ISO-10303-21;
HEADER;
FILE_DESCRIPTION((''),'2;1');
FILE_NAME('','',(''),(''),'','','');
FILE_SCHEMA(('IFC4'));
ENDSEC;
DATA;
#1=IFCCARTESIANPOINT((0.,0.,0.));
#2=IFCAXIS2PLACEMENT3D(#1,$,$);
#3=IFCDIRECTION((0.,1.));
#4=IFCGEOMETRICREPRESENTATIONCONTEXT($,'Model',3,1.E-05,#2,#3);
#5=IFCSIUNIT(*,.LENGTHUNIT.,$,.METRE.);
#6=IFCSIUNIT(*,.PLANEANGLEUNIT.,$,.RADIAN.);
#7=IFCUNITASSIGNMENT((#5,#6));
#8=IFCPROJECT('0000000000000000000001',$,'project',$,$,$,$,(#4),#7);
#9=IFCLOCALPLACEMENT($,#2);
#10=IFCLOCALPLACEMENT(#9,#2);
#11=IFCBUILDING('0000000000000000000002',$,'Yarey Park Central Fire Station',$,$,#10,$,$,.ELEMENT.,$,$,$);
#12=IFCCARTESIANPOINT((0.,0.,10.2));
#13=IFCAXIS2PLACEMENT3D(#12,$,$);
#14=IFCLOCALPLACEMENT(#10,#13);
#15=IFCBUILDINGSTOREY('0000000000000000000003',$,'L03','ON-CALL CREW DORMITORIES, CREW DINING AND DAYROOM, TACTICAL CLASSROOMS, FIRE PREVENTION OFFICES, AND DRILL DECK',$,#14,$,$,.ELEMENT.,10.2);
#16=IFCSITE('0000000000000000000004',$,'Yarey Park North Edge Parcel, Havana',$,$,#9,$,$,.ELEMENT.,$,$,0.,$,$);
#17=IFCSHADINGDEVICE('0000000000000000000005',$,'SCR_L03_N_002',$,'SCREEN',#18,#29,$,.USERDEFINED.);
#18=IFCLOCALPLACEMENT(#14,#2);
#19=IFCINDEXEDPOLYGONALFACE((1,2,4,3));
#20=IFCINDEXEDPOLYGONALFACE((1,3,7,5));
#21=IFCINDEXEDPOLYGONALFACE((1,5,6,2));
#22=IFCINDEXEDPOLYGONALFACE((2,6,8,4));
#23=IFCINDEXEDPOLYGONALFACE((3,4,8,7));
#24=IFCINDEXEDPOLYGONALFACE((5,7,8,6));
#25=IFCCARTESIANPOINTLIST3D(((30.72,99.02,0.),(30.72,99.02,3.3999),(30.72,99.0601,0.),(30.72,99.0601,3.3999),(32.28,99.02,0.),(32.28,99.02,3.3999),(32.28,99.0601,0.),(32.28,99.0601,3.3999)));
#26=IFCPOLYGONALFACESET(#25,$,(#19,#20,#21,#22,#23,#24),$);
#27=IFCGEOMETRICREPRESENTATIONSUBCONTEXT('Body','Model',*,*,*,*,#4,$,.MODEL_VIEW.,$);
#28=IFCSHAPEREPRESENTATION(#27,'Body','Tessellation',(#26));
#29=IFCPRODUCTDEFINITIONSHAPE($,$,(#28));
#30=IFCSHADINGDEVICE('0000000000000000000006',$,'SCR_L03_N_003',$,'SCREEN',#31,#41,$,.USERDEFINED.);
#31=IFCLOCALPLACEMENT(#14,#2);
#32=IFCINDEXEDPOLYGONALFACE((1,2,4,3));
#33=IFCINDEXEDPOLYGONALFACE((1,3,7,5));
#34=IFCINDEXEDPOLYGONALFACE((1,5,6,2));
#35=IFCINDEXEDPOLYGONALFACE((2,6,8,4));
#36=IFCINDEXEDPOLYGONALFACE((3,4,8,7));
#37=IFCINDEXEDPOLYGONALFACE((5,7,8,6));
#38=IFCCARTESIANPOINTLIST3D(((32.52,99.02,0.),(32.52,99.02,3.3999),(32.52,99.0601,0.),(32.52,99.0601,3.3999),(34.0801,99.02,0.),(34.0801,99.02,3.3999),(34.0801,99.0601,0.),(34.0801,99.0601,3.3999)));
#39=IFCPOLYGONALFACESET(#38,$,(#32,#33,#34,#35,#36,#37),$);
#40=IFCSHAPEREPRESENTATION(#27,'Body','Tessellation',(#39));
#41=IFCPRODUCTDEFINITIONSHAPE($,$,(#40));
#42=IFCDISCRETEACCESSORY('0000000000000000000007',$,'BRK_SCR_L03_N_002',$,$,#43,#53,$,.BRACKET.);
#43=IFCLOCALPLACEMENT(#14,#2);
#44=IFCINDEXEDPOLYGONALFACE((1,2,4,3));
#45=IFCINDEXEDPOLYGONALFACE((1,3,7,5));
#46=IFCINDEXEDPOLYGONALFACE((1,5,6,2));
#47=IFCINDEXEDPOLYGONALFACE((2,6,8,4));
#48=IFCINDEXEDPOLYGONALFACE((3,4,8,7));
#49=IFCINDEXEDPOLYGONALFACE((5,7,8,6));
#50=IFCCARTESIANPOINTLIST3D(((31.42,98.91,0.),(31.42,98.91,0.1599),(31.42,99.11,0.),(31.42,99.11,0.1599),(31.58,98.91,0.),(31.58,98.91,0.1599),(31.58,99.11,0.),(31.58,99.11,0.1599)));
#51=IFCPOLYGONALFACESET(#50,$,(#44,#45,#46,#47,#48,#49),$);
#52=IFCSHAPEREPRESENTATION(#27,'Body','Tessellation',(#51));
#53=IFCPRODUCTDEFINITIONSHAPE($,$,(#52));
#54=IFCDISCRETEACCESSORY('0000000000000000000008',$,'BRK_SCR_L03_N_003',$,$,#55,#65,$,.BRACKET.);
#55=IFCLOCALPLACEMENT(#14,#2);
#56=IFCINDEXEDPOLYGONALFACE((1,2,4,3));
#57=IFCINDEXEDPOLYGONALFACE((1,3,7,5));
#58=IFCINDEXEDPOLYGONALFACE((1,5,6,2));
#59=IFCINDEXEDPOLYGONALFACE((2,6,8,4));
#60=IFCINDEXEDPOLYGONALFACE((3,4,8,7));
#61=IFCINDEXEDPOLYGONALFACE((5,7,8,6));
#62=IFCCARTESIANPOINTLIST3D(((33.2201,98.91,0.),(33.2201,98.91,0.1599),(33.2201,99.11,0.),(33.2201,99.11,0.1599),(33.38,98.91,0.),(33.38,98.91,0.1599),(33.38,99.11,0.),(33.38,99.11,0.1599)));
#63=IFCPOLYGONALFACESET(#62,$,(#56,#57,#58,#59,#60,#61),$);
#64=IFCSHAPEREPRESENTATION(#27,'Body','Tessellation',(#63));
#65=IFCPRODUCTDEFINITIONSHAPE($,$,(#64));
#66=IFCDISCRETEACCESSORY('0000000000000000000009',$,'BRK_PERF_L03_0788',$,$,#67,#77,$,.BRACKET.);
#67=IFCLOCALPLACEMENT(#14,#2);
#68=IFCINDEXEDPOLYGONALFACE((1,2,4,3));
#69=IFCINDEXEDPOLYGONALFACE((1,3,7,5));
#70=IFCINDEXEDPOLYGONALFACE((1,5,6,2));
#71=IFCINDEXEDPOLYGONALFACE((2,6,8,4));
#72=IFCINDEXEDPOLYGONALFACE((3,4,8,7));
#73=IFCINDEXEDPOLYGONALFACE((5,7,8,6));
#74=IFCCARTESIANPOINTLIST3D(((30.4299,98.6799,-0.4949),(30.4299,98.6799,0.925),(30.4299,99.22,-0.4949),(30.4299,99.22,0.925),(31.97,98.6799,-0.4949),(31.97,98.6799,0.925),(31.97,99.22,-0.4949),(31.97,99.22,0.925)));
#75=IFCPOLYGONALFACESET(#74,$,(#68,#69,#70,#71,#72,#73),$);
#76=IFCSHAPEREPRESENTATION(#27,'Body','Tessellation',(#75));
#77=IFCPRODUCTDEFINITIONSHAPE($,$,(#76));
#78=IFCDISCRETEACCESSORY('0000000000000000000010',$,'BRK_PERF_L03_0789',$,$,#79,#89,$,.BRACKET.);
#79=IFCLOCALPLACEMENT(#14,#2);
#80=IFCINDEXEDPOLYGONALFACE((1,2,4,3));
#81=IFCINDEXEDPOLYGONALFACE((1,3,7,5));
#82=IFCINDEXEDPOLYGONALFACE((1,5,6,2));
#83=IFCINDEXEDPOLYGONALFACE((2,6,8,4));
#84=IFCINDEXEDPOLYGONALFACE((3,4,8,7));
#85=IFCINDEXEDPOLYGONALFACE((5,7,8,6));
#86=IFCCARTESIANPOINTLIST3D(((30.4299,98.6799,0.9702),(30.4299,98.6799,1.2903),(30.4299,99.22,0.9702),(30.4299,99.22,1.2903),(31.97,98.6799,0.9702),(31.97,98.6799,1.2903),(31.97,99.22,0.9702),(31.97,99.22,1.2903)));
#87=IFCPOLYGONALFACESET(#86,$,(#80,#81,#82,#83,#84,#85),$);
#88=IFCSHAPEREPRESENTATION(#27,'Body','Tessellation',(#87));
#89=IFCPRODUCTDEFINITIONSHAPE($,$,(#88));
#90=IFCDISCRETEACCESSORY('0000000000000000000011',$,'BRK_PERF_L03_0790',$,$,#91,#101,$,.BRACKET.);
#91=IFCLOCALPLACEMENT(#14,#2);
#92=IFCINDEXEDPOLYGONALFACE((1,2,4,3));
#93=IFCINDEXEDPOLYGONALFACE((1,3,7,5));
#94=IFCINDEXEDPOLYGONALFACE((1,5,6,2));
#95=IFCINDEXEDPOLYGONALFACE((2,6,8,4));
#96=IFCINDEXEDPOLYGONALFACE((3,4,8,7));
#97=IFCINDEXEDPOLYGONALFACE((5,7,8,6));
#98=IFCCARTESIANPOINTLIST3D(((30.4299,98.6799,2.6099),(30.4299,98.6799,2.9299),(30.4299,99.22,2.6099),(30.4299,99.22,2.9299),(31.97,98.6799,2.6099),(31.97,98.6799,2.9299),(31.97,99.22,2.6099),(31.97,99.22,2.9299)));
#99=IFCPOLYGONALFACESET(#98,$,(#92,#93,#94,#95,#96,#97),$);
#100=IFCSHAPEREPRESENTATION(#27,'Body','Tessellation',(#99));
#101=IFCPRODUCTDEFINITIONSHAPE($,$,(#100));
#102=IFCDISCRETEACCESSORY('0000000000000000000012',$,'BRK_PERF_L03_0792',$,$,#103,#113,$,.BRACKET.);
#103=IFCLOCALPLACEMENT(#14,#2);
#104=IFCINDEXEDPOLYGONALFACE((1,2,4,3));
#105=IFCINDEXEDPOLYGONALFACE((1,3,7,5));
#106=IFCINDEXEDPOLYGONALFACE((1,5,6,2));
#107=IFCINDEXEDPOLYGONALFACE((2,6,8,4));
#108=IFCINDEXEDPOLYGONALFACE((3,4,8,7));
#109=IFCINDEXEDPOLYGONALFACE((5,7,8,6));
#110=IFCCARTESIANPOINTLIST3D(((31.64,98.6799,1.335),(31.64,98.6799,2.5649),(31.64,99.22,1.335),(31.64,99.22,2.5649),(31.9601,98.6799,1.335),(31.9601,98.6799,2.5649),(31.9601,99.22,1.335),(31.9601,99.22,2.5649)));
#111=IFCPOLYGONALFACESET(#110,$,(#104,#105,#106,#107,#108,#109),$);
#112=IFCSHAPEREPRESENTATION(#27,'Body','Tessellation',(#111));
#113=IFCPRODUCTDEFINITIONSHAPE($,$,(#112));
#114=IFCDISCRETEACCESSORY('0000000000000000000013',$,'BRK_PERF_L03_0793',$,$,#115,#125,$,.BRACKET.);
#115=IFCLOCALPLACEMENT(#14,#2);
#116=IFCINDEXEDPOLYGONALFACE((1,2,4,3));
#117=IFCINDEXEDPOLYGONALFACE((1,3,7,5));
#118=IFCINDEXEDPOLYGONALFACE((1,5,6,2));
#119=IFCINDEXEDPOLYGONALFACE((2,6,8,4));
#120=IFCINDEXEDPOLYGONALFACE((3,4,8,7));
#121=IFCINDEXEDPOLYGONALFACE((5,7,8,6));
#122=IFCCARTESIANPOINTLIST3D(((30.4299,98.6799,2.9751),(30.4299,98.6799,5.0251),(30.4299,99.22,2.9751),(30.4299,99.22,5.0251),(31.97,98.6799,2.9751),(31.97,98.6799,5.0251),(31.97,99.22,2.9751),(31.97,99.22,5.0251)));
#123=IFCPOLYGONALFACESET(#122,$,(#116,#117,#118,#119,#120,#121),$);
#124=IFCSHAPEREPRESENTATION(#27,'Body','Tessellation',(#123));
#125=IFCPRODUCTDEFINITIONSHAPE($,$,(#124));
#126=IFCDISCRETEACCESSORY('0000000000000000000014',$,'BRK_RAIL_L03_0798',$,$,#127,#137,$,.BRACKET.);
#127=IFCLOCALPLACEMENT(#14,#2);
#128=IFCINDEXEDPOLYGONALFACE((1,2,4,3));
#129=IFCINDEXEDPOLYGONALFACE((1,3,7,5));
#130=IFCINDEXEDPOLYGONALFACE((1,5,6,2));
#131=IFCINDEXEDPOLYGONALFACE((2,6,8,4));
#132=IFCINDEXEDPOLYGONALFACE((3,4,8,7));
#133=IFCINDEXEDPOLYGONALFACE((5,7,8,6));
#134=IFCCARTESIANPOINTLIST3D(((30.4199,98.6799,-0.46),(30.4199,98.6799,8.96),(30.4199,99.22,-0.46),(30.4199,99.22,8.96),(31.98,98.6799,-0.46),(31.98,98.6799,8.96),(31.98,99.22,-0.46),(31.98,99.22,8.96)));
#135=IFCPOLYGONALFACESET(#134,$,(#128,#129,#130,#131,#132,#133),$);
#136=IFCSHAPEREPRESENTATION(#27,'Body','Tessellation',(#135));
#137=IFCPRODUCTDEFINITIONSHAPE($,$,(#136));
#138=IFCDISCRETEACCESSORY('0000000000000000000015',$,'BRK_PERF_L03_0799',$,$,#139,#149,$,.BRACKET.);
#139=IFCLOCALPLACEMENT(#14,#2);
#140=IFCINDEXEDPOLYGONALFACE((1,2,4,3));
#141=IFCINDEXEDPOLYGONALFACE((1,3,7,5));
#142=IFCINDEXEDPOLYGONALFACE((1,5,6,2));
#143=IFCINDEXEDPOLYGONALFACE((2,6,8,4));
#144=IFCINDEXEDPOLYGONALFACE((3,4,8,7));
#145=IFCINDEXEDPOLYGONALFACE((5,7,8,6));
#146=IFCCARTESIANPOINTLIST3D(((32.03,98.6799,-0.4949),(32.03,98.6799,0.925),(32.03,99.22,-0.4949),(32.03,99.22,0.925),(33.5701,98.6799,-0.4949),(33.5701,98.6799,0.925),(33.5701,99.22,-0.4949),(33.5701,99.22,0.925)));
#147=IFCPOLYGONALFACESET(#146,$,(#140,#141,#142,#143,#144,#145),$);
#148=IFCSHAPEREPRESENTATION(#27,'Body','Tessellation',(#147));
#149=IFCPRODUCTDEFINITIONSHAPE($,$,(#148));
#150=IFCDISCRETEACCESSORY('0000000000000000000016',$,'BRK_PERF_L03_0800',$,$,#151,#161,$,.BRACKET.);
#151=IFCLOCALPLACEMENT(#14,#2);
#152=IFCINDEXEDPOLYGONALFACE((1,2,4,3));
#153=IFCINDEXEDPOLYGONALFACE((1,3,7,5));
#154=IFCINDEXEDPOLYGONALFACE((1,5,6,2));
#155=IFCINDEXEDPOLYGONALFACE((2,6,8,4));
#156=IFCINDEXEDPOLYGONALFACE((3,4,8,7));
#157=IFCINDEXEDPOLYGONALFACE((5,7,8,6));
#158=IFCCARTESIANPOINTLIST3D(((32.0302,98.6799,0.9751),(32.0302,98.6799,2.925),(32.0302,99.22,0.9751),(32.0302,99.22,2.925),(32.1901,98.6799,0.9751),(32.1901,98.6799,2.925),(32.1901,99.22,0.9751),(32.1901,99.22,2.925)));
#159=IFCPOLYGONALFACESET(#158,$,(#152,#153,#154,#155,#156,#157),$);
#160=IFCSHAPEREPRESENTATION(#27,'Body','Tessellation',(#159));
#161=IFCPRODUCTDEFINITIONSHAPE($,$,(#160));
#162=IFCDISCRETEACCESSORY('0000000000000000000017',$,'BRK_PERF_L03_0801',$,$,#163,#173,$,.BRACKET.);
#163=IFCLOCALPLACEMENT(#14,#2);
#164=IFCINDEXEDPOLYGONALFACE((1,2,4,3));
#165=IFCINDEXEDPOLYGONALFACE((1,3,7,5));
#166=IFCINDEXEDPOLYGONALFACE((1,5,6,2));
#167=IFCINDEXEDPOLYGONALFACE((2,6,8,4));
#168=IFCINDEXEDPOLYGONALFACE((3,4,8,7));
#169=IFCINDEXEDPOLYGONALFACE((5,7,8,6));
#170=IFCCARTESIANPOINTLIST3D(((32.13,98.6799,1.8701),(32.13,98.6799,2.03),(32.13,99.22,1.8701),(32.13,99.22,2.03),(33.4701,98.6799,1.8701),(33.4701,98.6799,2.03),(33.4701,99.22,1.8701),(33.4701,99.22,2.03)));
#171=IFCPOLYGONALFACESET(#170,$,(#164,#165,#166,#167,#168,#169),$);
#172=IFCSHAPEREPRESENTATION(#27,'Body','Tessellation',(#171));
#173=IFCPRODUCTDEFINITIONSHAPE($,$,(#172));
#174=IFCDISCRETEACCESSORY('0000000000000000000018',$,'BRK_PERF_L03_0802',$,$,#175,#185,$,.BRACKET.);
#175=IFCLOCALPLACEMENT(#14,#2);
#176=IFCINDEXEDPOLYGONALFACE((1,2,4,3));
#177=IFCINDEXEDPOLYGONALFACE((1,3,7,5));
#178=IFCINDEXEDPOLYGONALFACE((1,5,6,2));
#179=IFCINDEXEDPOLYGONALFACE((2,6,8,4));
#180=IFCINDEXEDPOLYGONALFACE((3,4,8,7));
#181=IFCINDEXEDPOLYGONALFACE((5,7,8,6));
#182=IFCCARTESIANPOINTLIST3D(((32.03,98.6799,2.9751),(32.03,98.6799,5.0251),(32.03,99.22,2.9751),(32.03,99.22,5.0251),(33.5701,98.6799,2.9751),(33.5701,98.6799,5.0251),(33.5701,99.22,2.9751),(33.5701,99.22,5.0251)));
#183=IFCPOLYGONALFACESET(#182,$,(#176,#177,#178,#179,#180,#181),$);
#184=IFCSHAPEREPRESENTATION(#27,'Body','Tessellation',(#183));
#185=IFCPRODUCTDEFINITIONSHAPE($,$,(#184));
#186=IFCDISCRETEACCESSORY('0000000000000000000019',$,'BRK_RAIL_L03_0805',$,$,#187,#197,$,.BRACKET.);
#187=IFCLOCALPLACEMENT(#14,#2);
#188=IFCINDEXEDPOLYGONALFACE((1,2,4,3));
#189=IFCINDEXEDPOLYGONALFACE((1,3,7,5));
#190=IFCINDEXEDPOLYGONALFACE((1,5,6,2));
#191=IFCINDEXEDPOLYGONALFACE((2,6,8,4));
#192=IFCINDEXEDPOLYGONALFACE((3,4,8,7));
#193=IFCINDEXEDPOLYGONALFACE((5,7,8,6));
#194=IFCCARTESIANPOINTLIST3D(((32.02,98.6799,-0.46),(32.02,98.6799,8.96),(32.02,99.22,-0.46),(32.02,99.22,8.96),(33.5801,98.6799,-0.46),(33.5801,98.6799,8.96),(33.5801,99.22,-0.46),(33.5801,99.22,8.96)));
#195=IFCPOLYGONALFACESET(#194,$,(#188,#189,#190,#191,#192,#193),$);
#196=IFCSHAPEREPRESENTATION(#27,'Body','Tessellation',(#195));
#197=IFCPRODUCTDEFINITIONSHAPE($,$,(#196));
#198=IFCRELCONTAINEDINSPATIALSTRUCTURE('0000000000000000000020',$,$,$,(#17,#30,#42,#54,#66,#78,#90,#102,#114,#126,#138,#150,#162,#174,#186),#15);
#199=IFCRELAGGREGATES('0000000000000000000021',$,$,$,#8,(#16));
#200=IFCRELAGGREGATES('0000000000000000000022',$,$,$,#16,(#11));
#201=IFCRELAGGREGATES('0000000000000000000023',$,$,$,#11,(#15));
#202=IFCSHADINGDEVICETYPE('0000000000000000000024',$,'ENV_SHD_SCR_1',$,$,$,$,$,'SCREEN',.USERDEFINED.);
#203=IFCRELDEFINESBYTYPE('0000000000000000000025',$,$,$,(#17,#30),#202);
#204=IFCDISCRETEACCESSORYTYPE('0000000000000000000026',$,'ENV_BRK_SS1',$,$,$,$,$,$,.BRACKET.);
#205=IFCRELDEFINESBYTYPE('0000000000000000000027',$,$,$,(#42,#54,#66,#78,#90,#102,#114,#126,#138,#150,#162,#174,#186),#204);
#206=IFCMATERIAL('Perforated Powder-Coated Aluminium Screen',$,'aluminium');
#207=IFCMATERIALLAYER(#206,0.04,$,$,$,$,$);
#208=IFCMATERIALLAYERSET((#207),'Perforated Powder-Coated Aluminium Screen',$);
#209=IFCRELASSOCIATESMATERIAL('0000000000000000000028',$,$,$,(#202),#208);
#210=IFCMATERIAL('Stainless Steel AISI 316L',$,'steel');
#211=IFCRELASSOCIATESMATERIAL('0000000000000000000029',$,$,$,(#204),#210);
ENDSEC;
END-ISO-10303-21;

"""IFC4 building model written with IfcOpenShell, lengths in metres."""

from ifc_helpers import new_model, si_unit, direction, frame, origin, origin_2d, place, context, subcontext, project, spatial, rectangle, extrude, material, layer, layer_set, type_object, element, save


model = new_model("IFC4")

# Units and contexts
model_context = context("Model", 3, precision=1e-05, world=origin(), true_north=direction((0.0, 1.0)))
body_context = subcontext(model_context, "Body", "Model", "MODEL_VIEW")
ifc_project = project(units=[si_unit("LENGTHUNIT", "METRE"), si_unit("PLANEANGLEUNIT", "RADIAN")], contexts=[model_context])

# Site, building, storey
site_placement = place(None, origin())
site = spatial("IfcSite", under=ifc_project, at=site_placement, Name="Yarey Park North Edge Parcel, Havana", CompositionType="ELEMENT", RefElevation=0.0)
building_placement = place(site_placement, origin())
building = spatial("IfcBuilding", under=site, at=building_placement, Name="Yarey Park Central Fire Station", CompositionType="ELEMENT")
storey_placement = place(building_placement, frame((0.0, 0.0, 10.2)))
storey = spatial("IfcBuildingStorey", under=building, at=storey_placement, Name="L03", Description="ON-CALL CREW DORMITORIES, CREW DINING AND DAYROOM, TACTICAL CLASSROOMS, FIRE PREVENTION OFFICES, AND DRILL DECK", CompositionType="ELEMENT", Elevation=10.2)

# Shading devices
ifc_material_1 = material(Name="Perforated Powder-Coated Aluminium Screen", Category="aluminium")
ifc_layer_1 = layer(ifc_material_1, 0.04)
ifc_layer_set_1 = layer_set([ifc_layer_1], Name="Perforated Powder-Coated Aluminium Screen")
shading_device_type = type_object("IfcShadingDeviceType", Name="ENV_SHD_SCR_1", ElementType="SCREEN", PredefinedType="USERDEFINED", material=ifc_layer_set_1)
for number, where, z_axis, x_axis, name in (
    (1, (31.5, 99.04, 0.0), (0.0, 0.0, 1.0), (1.0, 0.0, 0.0), "SCR_L03_N_002"),
    (2, (33.3, 99.04, 0.0), (0.0, 0.0, 1.0), (1.0, 0.0, 0.0), "SCR_L03_N_003"),
):
    element("IfcShadingDevice", number, at=place(storey_placement, frame(where, z_axis=z_axis, x_axis=x_axis)), inside=storey, type_object=shading_device_type, Name=name, ObjectType="SCREEN", PredefinedType="USERDEFINED", context=body_context, shape_type="SweptSolid", body=[
        extrude(rectangle(XDim=1.5601, YDim=0.04, at=origin_2d()), origin(), (0.0, 0.0, 1.0), 3.3999),
    ])

# Discrete accessories
ifc_material_2 = material(Name="Stainless Steel AISI 316L", Category="steel")
discrete_accessory_type = type_object("IfcDiscreteAccessoryType", Name="ENV_BRK_SS1", PredefinedType="BRACKET", material=ifc_material_2)
for number, where, z_axis, x_axis, name in (
    (3, (31.5, 99.01, 0.0), (0.0, 0.0, 1.0), (1.0, 0.0, 0.0), "BRK_SCR_L03_N_002"),
    (4, (33.3, 99.01, 0.0), (0.0, 0.0, 1.0), (1.0, 0.0, 0.0), "BRK_SCR_L03_N_003"),
):
    element("IfcDiscreteAccessory", number, at=place(storey_placement, frame(where, z_axis=z_axis, x_axis=x_axis)), inside=storey, type_object=discrete_accessory_type, Name=name, PredefinedType="BRACKET", context=body_context, shape_type="SweptSolid", body=[
        extrude(rectangle(XDim=0.1599, YDim=0.2, at=origin_2d()), origin(), (0.0, 0.0, 1.0), 0.1599),
    ])
discrete_accessory_1_placement = place(storey_placement, frame((31.2, 98.95, -0.4949), z_axis=(0.0, 0.0, 1.0), x_axis=(1.0, 0.0, 0.0)))
element("IfcDiscreteAccessory", 5, at=discrete_accessory_1_placement, inside=storey, type_object=discrete_accessory_type, Name="BRK_PERF_L03_0788", PredefinedType="BRACKET", context=body_context, shape_type="SweptSolid", body=[
    extrude(rectangle(XDim=1.54, YDim=0.54, at=origin_2d()), origin(), (0.0, 0.0, 1.0), 1.4199),
])
for number, where, z_axis, x_axis, name in (
    (6, (31.2, 98.95, 0.9702), (0.0, 0.0, 1.0), (1.0, 0.0, 0.0), "BRK_PERF_L03_0789"),
    (7, (31.2, 98.95, 2.6099), (0.0, 0.0, 1.0), (1.0, 0.0, 0.0), "BRK_PERF_L03_0790"),
):
    element("IfcDiscreteAccessory", number, at=place(storey_placement, frame(where, z_axis=z_axis, x_axis=x_axis)), inside=storey, type_object=discrete_accessory_type, Name=name, PredefinedType="BRACKET", context=body_context, shape_type="SweptSolid", body=[
        extrude(rectangle(XDim=1.54, YDim=0.54, at=origin_2d()), origin(), (0.0, 0.0, 1.0), 0.3201),
    ])
discrete_accessory_2_placement = place(storey_placement, frame((31.8, 98.95, 1.335), z_axis=(0.0, 0.0, 1.0), x_axis=(1.0, 0.0, 0.0)))
element("IfcDiscreteAccessory", 8, at=discrete_accessory_2_placement, inside=storey, type_object=discrete_accessory_type, Name="BRK_PERF_L03_0792", PredefinedType="BRACKET", context=body_context, shape_type="SweptSolid", body=[
    extrude(rectangle(XDim=0.3201, YDim=0.54, at=origin_2d()), origin(), (0.0, 0.0, 1.0), 1.23),
])
discrete_accessory_3_placement = place(storey_placement, frame((31.2, 98.95, 2.9751), z_axis=(0.0, 0.0, 1.0), x_axis=(1.0, 0.0, 0.0)))
element("IfcDiscreteAccessory", 9, at=discrete_accessory_3_placement, inside=storey, type_object=discrete_accessory_type, Name="BRK_PERF_L03_0793", PredefinedType="BRACKET", context=body_context, shape_type="SweptSolid", body=[
    extrude(rectangle(XDim=1.54, YDim=0.54, at=origin_2d()), origin(), (0.0, 0.0, 1.0), 2.05),
])
discrete_accessory_4_placement = place(storey_placement, frame((31.2, 98.95, -0.46), z_axis=(0.0, 0.0, 1.0), x_axis=(1.0, 0.0, 0.0)))
element("IfcDiscreteAccessory", 10, at=discrete_accessory_4_placement, inside=storey, type_object=discrete_accessory_type, Name="BRK_RAIL_L03_0798", PredefinedType="BRACKET", context=body_context, shape_type="SweptSolid", body=[
    extrude(rectangle(XDim=1.5601, YDim=0.54, at=origin_2d()), origin(), (0.0, 0.0, 1.0), 9.4199),
])
discrete_accessory_5_placement = place(storey_placement, frame((32.8, 98.95, -0.4949), z_axis=(0.0, 0.0, 1.0), x_axis=(1.0, 0.0, 0.0)))
element("IfcDiscreteAccessory", 11, at=discrete_accessory_5_placement, inside=storey, type_object=discrete_accessory_type, Name="BRK_PERF_L03_0799", PredefinedType="BRACKET", context=body_context, shape_type="SweptSolid", body=[
    extrude(rectangle(XDim=1.54, YDim=0.54, at=origin_2d()), origin(), (0.0, 0.0, 1.0), 1.4199),
])
discrete_accessory_6_placement = place(storey_placement, frame((32.1101, 98.95, 0.9751), z_axis=(0.0, 0.0, 1.0), x_axis=(1.0, 0.0, 0.0)))
element("IfcDiscreteAccessory", 12, at=discrete_accessory_6_placement, inside=storey, type_object=discrete_accessory_type, Name="BRK_PERF_L03_0800", PredefinedType="BRACKET", context=body_context, shape_type="SweptSolid", body=[
    extrude(rectangle(XDim=0.1599, YDim=0.54, at=origin_2d()), origin(), (0.0, 0.0, 1.0), 1.95),
])
discrete_accessory_7_placement = place(storey_placement, frame((32.8, 98.95, 1.8701), z_axis=(0.0, 0.0, 1.0), x_axis=(1.0, 0.0, 0.0)))
element("IfcDiscreteAccessory", 13, at=discrete_accessory_7_placement, inside=storey, type_object=discrete_accessory_type, Name="BRK_PERF_L03_0801", PredefinedType="BRACKET", context=body_context, shape_type="SweptSolid", body=[
    extrude(rectangle(XDim=1.3401, YDim=0.54, at=origin_2d()), origin(), (0.0, 0.0, 1.0), 0.1599),
])
discrete_accessory_8_placement = place(storey_placement, frame((32.8, 98.95, 2.9751), z_axis=(0.0, 0.0, 1.0), x_axis=(1.0, 0.0, 0.0)))
element("IfcDiscreteAccessory", 14, at=discrete_accessory_8_placement, inside=storey, type_object=discrete_accessory_type, Name="BRK_PERF_L03_0802", PredefinedType="BRACKET", context=body_context, shape_type="SweptSolid", body=[
    extrude(rectangle(XDim=1.54, YDim=0.54, at=origin_2d()), origin(), (0.0, 0.0, 1.0), 2.05),
])
discrete_accessory_9_placement = place(storey_placement, frame((32.8, 98.95, -0.46), z_axis=(0.0, 0.0, 1.0), x_axis=(1.0, 0.0, 0.0)))
element("IfcDiscreteAccessory", 15, at=discrete_accessory_9_placement, inside=storey, type_object=discrete_accessory_type, Name="BRK_RAIL_L03_0805", PredefinedType="BRACKET", context=body_context, shape_type="SweptSolid", body=[
    extrude(rectangle(XDim=1.5601, YDim=0.54, at=origin_2d()), origin(), (0.0, 0.0, 1.0), 9.4199),
])

save(model, "model.ifc")
